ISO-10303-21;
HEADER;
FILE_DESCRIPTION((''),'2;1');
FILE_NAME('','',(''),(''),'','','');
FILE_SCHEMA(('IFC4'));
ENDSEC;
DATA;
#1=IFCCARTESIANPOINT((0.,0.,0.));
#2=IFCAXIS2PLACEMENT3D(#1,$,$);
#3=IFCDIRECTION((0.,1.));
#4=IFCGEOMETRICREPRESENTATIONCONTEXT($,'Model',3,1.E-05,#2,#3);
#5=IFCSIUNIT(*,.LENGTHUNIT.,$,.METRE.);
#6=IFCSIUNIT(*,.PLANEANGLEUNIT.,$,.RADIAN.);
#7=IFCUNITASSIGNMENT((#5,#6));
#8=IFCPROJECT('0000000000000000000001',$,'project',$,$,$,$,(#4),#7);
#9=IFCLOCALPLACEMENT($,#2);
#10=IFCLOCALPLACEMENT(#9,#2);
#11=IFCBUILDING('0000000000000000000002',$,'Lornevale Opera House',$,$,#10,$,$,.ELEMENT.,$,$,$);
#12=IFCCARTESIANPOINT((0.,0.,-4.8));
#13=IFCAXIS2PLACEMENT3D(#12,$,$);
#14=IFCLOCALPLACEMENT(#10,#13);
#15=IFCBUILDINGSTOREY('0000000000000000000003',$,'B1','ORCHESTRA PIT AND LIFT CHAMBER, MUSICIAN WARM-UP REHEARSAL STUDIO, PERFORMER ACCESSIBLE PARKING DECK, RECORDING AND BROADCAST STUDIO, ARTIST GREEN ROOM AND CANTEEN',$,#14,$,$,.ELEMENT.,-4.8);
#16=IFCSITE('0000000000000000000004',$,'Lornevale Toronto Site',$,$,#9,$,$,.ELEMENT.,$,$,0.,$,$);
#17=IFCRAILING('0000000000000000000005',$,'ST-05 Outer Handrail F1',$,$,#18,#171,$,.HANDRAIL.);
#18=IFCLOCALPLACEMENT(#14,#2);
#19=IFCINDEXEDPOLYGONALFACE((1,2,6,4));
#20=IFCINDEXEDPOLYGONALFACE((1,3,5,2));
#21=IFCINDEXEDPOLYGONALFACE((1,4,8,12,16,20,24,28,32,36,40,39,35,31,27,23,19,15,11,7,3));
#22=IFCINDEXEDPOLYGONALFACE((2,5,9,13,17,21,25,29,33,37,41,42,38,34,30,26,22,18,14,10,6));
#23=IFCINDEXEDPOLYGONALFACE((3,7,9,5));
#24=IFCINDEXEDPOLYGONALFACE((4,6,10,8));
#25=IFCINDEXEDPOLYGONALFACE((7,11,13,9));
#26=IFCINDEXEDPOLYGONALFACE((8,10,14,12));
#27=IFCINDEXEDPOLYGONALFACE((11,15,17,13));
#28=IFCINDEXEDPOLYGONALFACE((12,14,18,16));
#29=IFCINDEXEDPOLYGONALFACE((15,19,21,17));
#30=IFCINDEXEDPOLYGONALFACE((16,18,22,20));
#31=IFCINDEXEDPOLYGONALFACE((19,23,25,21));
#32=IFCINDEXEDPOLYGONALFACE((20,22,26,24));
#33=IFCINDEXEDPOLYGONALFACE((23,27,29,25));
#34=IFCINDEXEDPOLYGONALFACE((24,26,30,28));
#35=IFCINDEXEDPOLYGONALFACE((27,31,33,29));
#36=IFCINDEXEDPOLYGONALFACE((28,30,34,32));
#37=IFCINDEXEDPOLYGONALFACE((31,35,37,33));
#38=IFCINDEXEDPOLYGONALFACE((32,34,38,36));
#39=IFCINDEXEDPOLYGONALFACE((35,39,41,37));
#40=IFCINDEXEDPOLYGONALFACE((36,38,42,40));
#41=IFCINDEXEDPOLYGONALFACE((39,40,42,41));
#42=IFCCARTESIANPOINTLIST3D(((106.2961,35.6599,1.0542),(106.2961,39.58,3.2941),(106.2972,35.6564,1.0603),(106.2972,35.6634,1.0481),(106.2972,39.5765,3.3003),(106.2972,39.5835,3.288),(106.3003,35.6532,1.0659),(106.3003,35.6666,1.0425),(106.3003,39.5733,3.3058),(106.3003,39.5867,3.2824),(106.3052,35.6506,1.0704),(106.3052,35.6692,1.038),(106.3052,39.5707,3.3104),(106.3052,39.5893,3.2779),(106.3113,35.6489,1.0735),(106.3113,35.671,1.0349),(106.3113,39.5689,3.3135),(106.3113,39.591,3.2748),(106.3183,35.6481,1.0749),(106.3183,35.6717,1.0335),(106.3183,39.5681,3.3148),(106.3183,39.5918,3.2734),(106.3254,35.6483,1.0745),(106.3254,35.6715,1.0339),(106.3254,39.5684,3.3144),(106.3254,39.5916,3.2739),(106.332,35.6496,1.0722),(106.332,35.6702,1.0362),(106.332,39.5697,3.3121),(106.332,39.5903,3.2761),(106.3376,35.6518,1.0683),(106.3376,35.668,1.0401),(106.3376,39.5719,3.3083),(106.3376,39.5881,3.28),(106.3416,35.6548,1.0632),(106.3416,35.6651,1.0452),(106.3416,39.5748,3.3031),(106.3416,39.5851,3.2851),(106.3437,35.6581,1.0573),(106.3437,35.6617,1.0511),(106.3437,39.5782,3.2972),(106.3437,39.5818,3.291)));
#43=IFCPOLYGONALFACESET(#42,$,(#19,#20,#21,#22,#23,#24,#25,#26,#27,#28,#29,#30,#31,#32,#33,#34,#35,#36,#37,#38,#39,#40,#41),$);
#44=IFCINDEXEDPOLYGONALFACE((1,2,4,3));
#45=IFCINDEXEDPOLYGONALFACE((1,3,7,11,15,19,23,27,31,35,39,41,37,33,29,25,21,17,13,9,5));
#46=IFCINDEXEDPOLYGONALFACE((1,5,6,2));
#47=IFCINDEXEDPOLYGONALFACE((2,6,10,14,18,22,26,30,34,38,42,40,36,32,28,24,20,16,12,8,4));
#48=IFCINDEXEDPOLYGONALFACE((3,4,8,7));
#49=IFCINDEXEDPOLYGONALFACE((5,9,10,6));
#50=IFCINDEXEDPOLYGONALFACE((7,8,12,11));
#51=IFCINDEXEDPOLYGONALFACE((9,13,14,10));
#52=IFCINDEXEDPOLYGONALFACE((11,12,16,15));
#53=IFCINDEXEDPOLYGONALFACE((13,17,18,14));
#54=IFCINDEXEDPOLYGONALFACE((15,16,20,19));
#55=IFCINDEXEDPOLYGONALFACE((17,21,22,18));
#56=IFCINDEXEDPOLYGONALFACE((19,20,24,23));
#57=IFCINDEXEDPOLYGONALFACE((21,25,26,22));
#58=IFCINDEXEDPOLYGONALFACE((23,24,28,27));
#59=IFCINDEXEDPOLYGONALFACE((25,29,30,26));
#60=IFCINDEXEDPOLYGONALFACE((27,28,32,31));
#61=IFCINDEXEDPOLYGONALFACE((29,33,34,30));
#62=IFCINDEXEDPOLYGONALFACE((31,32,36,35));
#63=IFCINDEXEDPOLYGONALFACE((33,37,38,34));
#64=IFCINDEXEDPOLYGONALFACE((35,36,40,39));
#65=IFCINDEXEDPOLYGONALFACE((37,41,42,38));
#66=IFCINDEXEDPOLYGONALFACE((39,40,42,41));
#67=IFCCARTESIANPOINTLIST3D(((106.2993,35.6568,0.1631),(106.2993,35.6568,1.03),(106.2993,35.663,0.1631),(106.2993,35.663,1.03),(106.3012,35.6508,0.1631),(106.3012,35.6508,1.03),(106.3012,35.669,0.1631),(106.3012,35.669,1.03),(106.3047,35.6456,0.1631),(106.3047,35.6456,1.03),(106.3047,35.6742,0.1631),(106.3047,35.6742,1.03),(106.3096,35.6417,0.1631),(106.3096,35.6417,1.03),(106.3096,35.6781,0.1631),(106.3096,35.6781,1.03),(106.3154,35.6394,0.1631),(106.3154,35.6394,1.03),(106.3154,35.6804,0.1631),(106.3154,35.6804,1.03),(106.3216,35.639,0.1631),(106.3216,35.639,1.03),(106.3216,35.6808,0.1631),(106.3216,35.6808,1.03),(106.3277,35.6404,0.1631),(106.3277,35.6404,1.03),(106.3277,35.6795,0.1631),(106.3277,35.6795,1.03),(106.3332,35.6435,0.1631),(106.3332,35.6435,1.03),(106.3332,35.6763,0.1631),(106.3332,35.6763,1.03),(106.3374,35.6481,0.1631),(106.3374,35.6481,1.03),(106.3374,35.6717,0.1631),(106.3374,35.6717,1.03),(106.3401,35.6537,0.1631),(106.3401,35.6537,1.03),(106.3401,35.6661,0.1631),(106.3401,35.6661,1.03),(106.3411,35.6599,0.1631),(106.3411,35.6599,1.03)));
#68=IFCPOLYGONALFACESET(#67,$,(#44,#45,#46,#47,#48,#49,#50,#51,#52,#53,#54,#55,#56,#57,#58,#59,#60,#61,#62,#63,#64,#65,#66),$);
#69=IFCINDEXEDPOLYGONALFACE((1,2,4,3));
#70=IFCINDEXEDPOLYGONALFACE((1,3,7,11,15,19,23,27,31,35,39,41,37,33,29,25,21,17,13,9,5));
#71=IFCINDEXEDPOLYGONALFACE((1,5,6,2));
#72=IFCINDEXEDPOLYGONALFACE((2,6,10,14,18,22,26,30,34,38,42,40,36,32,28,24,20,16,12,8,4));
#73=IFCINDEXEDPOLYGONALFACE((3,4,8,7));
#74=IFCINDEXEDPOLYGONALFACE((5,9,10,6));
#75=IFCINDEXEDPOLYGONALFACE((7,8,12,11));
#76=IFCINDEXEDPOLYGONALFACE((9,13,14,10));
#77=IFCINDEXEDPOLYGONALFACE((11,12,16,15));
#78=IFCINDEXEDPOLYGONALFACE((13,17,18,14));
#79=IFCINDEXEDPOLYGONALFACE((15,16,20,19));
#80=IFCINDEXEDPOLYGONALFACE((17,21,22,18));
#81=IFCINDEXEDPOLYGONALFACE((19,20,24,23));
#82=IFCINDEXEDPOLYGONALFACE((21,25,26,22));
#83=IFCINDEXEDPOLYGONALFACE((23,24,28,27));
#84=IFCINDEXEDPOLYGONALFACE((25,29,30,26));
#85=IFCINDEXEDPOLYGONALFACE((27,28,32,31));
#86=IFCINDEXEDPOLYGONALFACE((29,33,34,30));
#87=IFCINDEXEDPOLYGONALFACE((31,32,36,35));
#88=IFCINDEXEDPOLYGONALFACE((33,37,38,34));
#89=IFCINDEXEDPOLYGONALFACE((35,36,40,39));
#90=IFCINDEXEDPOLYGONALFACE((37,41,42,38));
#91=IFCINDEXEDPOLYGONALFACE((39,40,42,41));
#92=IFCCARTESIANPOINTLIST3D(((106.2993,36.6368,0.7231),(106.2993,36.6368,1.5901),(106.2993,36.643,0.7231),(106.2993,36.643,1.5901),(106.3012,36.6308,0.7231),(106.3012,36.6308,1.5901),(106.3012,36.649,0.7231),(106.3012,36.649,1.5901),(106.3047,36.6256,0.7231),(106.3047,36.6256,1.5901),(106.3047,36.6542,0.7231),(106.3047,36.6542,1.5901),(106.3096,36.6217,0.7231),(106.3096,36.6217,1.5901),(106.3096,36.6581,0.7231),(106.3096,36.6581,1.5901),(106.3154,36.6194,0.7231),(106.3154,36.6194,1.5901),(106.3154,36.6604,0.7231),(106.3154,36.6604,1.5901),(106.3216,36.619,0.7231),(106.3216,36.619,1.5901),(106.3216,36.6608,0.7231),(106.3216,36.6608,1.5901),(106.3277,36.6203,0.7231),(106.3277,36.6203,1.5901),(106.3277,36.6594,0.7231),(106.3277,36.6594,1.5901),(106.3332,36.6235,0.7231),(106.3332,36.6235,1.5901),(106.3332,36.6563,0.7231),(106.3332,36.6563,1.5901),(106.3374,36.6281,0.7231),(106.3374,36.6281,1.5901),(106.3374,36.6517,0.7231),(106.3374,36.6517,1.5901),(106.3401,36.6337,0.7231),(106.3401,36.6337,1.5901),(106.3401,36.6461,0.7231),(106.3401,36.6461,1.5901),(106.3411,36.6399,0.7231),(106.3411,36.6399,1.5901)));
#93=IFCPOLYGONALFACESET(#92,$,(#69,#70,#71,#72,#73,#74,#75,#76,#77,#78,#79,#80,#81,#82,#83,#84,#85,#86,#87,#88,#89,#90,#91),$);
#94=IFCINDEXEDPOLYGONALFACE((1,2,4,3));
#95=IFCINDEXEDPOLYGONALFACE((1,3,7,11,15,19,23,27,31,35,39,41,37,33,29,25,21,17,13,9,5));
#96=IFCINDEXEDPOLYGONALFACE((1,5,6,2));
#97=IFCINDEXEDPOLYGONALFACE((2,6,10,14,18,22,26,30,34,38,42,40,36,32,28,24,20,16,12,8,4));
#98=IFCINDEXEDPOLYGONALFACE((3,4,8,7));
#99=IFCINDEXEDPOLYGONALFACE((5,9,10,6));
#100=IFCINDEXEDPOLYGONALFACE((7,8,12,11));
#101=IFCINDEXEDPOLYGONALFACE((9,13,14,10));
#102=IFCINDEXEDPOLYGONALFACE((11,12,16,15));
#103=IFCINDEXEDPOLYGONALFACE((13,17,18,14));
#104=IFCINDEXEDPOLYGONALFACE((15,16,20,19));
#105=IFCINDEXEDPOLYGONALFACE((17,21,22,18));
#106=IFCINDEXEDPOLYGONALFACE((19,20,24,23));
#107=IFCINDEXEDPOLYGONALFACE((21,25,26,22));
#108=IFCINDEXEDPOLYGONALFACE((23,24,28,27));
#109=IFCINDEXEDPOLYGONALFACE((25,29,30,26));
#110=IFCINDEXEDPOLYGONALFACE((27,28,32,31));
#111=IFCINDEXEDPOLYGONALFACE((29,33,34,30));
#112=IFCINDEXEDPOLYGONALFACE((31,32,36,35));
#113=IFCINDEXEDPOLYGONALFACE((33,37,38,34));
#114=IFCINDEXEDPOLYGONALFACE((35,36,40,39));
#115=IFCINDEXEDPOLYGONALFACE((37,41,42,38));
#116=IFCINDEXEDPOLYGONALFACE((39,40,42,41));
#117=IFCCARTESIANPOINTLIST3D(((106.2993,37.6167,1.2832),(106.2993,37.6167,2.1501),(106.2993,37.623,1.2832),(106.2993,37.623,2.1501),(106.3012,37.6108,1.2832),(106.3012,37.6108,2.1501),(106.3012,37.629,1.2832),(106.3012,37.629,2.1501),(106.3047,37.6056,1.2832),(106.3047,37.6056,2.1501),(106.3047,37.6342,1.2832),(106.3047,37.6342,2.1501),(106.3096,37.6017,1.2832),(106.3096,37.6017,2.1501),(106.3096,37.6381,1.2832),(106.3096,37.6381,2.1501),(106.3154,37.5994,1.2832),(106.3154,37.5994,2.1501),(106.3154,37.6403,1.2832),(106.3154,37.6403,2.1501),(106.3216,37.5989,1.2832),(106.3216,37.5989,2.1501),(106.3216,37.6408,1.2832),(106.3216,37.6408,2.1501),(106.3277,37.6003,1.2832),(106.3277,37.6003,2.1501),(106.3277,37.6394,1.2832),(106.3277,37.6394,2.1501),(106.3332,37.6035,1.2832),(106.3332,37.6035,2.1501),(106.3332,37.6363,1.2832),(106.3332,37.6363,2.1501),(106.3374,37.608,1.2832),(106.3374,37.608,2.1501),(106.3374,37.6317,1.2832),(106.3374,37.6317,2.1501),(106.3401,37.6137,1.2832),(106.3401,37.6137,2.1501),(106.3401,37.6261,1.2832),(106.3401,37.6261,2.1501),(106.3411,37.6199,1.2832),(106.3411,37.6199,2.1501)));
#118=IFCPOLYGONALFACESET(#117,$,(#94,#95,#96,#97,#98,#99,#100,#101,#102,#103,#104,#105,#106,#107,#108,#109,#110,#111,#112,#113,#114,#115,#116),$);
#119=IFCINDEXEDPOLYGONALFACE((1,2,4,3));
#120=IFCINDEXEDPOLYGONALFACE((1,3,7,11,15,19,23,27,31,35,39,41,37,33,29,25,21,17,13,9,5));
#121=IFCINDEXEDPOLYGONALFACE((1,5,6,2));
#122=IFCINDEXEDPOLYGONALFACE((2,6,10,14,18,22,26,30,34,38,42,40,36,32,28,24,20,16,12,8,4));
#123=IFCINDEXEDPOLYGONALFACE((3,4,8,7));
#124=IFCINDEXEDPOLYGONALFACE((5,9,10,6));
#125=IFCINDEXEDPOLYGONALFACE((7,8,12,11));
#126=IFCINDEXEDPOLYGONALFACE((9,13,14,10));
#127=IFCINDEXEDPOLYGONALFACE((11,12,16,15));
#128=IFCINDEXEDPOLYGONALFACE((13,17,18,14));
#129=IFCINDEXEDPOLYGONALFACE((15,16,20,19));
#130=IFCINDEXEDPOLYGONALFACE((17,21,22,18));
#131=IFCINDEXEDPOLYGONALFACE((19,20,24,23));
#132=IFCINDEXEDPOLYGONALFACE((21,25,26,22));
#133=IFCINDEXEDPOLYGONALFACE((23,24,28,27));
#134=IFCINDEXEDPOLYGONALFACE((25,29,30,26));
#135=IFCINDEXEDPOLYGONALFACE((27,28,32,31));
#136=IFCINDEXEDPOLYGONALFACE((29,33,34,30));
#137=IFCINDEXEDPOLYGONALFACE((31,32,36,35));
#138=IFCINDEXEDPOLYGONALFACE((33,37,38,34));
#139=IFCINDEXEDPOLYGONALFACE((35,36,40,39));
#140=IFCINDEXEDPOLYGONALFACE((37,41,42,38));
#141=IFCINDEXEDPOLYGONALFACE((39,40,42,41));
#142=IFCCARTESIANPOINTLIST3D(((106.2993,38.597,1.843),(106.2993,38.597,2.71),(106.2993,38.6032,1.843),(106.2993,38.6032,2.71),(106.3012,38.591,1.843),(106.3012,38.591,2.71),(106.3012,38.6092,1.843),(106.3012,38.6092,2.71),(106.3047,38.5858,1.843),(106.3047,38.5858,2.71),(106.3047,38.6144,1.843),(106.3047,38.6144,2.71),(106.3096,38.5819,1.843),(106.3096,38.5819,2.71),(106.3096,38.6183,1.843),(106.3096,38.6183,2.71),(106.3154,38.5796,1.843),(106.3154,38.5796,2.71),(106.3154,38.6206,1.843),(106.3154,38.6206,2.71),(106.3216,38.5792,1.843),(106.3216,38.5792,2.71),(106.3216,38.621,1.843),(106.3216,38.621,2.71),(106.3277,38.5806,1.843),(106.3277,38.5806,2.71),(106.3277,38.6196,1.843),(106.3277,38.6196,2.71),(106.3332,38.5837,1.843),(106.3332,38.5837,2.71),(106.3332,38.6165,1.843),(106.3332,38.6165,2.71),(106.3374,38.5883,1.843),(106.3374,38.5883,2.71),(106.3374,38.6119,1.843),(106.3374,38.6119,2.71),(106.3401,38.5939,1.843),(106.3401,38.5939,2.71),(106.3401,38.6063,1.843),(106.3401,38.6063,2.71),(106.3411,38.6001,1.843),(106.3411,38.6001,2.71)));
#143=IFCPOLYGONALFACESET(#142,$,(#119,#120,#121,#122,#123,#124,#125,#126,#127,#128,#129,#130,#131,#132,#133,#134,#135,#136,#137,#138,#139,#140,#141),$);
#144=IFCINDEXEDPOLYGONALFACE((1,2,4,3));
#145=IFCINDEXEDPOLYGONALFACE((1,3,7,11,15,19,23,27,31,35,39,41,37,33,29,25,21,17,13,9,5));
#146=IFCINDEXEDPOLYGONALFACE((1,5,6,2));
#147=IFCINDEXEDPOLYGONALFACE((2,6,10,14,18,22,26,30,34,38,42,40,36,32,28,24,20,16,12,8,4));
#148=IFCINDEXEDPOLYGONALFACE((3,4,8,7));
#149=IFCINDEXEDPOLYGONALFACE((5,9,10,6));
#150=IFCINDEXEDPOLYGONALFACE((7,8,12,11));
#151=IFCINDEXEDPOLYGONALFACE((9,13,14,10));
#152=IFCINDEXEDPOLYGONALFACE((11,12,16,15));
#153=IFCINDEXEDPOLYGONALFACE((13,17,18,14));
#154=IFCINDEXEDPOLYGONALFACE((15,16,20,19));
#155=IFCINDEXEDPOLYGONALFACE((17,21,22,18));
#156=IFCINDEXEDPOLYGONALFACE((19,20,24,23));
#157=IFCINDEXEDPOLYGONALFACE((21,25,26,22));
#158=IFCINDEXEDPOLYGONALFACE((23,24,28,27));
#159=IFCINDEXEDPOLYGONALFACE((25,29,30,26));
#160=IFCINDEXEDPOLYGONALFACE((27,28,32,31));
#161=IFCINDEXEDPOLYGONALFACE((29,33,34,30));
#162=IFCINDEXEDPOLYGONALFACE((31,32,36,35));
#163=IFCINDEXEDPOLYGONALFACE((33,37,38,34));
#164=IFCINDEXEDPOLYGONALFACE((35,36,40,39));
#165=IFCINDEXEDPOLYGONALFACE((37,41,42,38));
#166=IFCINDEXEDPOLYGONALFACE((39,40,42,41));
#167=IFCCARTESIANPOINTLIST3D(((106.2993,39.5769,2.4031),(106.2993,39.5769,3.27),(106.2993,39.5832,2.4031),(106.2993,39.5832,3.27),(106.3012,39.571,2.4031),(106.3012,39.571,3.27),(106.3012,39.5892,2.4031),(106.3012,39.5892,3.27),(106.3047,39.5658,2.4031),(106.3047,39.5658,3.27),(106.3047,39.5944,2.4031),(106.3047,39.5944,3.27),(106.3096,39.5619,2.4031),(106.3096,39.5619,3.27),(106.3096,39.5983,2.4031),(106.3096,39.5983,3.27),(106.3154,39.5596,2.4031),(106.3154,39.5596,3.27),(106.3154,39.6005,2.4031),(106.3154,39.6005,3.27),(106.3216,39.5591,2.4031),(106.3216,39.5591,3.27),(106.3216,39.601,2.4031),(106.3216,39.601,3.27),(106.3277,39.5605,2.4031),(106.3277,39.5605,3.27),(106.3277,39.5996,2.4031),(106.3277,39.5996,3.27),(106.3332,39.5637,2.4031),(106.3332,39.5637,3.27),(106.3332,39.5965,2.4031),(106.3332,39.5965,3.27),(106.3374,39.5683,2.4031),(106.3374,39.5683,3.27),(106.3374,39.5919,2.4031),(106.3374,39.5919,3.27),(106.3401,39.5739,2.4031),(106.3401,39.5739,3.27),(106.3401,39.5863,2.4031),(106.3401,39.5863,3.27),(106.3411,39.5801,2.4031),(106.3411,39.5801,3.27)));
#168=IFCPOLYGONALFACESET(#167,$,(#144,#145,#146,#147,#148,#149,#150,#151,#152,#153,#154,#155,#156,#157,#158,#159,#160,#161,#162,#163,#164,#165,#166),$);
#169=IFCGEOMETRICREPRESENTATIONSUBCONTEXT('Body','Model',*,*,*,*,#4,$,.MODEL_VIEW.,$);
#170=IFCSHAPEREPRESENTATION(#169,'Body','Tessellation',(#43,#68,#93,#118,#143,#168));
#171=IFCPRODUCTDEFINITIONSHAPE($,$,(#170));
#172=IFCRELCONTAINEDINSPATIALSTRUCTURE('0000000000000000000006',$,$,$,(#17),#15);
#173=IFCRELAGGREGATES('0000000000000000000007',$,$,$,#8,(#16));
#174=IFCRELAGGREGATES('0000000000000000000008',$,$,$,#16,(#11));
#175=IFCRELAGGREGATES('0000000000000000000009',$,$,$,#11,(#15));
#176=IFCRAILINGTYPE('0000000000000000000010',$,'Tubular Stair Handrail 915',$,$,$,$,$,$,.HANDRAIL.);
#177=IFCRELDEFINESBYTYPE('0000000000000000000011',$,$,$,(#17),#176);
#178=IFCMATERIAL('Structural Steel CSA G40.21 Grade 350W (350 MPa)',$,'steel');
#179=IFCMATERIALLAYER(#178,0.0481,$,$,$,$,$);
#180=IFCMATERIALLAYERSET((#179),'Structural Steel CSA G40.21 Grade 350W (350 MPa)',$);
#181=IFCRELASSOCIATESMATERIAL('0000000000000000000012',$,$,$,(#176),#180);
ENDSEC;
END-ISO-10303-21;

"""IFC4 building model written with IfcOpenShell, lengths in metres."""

from ifc_helpers import new_model, si_unit, direction, frame, origin, origin_2d, place, context, subcontext, project, spatial, circle, extrude, material, layer, layer_set, type_object, element, save


model = new_model("IFC4")

# Units and contexts
model_context = context("Model", 3, precision=1e-05, world=origin(), true_north=direction((0.0, 1.0)))
body_context = subcontext(model_context, "Body", "Model", "MODEL_VIEW")
ifc_project = project(units=[si_unit("LENGTHUNIT", "METRE"), si_unit("PLANEANGLEUNIT", "RADIAN")], contexts=[model_context])

# Site, building, storey
site_placement = place(None, origin())
site = spatial("IfcSite", under=ifc_project, at=site_placement, Name="Lornevale Toronto Site", CompositionType="ELEMENT", RefElevation=0.0)
building_placement = place(site_placement, origin())
building = spatial("IfcBuilding", under=site, at=building_placement, Name="Lornevale Opera House", CompositionType="ELEMENT")
storey_placement = place(building_placement, frame((0.0, 0.0, -4.8)))
storey = spatial("IfcBuildingStorey", under=building, at=storey_placement, Name="B1", Description="ORCHESTRA PIT AND LIFT CHAMBER, MUSICIAN WARM-UP REHEARSAL STUDIO, PERFORMER ACCESSIBLE PARKING DECK, RECORDING AND BROADCAST STUDIO, ARTIST GREEN ROOM AND CANTEEN", CompositionType="ELEMENT", Elevation=-4.8)

# Railing
ifc_material_1 = material(Name="Structural Steel CSA G40.21 Grade 350W (350 MPa)", Category="steel")
ifc_layer_1 = layer(ifc_material_1, 0.0481)
ifc_layer_set_1 = layer_set([ifc_layer_1], Name="Structural Steel CSA G40.21 Grade 350W (350 MPa)")
railing_type_1 = type_object("IfcRailingType", Name="Tubular Stair Handrail 915", PredefinedType="HANDRAIL", material=ifc_layer_set_1)
railing_1_placement = place(storey_placement, frame((106.3201, 35.6599, 0.1631)))
element("IfcRailing", 1, at=railing_1_placement, inside=storey, type_object=railing_type_1, Name="ST-05 Outer Handrail F1", PredefinedType="HANDRAIL", context=body_context, shape_type="SweptSolid", body=[
    extrude(circle(Radius=0.0239, at=origin_2d()), frame((0.0, 0.0, 0.8911), z_axis=(0.0, 0.868253, 0.496121), x_axis=(-1.0, 0.0, 0.0)), (0.0, 0.0, 1.0), 4.5149),
    extrude(circle(Radius=0.021, at=origin_2d()), origin(), (0.0, 0.0, 1.0), 0.8669),
    extrude(circle(Radius=0.021, at=origin_2d()), frame((0.0, 0.98, 0.5601)), (0.0, 0.0, 1.0), 0.8669),
    extrude(circle(Radius=0.021, at=origin_2d()), frame((0.0, 1.96, 1.1201)), (0.0, 0.0, 1.0), 0.8669),
    extrude(circle(Radius=0.021, at=origin_2d()), frame((0.0, 2.9402, 1.6799)), (0.0, 0.0, 1.0), 0.8669),
    extrude(circle(Radius=0.021, at=origin_2d()), frame((0.0, 3.9202, 2.24)), (0.0, 0.0, 1.0), 0.8669),
])

save(model, "model.ifc")
